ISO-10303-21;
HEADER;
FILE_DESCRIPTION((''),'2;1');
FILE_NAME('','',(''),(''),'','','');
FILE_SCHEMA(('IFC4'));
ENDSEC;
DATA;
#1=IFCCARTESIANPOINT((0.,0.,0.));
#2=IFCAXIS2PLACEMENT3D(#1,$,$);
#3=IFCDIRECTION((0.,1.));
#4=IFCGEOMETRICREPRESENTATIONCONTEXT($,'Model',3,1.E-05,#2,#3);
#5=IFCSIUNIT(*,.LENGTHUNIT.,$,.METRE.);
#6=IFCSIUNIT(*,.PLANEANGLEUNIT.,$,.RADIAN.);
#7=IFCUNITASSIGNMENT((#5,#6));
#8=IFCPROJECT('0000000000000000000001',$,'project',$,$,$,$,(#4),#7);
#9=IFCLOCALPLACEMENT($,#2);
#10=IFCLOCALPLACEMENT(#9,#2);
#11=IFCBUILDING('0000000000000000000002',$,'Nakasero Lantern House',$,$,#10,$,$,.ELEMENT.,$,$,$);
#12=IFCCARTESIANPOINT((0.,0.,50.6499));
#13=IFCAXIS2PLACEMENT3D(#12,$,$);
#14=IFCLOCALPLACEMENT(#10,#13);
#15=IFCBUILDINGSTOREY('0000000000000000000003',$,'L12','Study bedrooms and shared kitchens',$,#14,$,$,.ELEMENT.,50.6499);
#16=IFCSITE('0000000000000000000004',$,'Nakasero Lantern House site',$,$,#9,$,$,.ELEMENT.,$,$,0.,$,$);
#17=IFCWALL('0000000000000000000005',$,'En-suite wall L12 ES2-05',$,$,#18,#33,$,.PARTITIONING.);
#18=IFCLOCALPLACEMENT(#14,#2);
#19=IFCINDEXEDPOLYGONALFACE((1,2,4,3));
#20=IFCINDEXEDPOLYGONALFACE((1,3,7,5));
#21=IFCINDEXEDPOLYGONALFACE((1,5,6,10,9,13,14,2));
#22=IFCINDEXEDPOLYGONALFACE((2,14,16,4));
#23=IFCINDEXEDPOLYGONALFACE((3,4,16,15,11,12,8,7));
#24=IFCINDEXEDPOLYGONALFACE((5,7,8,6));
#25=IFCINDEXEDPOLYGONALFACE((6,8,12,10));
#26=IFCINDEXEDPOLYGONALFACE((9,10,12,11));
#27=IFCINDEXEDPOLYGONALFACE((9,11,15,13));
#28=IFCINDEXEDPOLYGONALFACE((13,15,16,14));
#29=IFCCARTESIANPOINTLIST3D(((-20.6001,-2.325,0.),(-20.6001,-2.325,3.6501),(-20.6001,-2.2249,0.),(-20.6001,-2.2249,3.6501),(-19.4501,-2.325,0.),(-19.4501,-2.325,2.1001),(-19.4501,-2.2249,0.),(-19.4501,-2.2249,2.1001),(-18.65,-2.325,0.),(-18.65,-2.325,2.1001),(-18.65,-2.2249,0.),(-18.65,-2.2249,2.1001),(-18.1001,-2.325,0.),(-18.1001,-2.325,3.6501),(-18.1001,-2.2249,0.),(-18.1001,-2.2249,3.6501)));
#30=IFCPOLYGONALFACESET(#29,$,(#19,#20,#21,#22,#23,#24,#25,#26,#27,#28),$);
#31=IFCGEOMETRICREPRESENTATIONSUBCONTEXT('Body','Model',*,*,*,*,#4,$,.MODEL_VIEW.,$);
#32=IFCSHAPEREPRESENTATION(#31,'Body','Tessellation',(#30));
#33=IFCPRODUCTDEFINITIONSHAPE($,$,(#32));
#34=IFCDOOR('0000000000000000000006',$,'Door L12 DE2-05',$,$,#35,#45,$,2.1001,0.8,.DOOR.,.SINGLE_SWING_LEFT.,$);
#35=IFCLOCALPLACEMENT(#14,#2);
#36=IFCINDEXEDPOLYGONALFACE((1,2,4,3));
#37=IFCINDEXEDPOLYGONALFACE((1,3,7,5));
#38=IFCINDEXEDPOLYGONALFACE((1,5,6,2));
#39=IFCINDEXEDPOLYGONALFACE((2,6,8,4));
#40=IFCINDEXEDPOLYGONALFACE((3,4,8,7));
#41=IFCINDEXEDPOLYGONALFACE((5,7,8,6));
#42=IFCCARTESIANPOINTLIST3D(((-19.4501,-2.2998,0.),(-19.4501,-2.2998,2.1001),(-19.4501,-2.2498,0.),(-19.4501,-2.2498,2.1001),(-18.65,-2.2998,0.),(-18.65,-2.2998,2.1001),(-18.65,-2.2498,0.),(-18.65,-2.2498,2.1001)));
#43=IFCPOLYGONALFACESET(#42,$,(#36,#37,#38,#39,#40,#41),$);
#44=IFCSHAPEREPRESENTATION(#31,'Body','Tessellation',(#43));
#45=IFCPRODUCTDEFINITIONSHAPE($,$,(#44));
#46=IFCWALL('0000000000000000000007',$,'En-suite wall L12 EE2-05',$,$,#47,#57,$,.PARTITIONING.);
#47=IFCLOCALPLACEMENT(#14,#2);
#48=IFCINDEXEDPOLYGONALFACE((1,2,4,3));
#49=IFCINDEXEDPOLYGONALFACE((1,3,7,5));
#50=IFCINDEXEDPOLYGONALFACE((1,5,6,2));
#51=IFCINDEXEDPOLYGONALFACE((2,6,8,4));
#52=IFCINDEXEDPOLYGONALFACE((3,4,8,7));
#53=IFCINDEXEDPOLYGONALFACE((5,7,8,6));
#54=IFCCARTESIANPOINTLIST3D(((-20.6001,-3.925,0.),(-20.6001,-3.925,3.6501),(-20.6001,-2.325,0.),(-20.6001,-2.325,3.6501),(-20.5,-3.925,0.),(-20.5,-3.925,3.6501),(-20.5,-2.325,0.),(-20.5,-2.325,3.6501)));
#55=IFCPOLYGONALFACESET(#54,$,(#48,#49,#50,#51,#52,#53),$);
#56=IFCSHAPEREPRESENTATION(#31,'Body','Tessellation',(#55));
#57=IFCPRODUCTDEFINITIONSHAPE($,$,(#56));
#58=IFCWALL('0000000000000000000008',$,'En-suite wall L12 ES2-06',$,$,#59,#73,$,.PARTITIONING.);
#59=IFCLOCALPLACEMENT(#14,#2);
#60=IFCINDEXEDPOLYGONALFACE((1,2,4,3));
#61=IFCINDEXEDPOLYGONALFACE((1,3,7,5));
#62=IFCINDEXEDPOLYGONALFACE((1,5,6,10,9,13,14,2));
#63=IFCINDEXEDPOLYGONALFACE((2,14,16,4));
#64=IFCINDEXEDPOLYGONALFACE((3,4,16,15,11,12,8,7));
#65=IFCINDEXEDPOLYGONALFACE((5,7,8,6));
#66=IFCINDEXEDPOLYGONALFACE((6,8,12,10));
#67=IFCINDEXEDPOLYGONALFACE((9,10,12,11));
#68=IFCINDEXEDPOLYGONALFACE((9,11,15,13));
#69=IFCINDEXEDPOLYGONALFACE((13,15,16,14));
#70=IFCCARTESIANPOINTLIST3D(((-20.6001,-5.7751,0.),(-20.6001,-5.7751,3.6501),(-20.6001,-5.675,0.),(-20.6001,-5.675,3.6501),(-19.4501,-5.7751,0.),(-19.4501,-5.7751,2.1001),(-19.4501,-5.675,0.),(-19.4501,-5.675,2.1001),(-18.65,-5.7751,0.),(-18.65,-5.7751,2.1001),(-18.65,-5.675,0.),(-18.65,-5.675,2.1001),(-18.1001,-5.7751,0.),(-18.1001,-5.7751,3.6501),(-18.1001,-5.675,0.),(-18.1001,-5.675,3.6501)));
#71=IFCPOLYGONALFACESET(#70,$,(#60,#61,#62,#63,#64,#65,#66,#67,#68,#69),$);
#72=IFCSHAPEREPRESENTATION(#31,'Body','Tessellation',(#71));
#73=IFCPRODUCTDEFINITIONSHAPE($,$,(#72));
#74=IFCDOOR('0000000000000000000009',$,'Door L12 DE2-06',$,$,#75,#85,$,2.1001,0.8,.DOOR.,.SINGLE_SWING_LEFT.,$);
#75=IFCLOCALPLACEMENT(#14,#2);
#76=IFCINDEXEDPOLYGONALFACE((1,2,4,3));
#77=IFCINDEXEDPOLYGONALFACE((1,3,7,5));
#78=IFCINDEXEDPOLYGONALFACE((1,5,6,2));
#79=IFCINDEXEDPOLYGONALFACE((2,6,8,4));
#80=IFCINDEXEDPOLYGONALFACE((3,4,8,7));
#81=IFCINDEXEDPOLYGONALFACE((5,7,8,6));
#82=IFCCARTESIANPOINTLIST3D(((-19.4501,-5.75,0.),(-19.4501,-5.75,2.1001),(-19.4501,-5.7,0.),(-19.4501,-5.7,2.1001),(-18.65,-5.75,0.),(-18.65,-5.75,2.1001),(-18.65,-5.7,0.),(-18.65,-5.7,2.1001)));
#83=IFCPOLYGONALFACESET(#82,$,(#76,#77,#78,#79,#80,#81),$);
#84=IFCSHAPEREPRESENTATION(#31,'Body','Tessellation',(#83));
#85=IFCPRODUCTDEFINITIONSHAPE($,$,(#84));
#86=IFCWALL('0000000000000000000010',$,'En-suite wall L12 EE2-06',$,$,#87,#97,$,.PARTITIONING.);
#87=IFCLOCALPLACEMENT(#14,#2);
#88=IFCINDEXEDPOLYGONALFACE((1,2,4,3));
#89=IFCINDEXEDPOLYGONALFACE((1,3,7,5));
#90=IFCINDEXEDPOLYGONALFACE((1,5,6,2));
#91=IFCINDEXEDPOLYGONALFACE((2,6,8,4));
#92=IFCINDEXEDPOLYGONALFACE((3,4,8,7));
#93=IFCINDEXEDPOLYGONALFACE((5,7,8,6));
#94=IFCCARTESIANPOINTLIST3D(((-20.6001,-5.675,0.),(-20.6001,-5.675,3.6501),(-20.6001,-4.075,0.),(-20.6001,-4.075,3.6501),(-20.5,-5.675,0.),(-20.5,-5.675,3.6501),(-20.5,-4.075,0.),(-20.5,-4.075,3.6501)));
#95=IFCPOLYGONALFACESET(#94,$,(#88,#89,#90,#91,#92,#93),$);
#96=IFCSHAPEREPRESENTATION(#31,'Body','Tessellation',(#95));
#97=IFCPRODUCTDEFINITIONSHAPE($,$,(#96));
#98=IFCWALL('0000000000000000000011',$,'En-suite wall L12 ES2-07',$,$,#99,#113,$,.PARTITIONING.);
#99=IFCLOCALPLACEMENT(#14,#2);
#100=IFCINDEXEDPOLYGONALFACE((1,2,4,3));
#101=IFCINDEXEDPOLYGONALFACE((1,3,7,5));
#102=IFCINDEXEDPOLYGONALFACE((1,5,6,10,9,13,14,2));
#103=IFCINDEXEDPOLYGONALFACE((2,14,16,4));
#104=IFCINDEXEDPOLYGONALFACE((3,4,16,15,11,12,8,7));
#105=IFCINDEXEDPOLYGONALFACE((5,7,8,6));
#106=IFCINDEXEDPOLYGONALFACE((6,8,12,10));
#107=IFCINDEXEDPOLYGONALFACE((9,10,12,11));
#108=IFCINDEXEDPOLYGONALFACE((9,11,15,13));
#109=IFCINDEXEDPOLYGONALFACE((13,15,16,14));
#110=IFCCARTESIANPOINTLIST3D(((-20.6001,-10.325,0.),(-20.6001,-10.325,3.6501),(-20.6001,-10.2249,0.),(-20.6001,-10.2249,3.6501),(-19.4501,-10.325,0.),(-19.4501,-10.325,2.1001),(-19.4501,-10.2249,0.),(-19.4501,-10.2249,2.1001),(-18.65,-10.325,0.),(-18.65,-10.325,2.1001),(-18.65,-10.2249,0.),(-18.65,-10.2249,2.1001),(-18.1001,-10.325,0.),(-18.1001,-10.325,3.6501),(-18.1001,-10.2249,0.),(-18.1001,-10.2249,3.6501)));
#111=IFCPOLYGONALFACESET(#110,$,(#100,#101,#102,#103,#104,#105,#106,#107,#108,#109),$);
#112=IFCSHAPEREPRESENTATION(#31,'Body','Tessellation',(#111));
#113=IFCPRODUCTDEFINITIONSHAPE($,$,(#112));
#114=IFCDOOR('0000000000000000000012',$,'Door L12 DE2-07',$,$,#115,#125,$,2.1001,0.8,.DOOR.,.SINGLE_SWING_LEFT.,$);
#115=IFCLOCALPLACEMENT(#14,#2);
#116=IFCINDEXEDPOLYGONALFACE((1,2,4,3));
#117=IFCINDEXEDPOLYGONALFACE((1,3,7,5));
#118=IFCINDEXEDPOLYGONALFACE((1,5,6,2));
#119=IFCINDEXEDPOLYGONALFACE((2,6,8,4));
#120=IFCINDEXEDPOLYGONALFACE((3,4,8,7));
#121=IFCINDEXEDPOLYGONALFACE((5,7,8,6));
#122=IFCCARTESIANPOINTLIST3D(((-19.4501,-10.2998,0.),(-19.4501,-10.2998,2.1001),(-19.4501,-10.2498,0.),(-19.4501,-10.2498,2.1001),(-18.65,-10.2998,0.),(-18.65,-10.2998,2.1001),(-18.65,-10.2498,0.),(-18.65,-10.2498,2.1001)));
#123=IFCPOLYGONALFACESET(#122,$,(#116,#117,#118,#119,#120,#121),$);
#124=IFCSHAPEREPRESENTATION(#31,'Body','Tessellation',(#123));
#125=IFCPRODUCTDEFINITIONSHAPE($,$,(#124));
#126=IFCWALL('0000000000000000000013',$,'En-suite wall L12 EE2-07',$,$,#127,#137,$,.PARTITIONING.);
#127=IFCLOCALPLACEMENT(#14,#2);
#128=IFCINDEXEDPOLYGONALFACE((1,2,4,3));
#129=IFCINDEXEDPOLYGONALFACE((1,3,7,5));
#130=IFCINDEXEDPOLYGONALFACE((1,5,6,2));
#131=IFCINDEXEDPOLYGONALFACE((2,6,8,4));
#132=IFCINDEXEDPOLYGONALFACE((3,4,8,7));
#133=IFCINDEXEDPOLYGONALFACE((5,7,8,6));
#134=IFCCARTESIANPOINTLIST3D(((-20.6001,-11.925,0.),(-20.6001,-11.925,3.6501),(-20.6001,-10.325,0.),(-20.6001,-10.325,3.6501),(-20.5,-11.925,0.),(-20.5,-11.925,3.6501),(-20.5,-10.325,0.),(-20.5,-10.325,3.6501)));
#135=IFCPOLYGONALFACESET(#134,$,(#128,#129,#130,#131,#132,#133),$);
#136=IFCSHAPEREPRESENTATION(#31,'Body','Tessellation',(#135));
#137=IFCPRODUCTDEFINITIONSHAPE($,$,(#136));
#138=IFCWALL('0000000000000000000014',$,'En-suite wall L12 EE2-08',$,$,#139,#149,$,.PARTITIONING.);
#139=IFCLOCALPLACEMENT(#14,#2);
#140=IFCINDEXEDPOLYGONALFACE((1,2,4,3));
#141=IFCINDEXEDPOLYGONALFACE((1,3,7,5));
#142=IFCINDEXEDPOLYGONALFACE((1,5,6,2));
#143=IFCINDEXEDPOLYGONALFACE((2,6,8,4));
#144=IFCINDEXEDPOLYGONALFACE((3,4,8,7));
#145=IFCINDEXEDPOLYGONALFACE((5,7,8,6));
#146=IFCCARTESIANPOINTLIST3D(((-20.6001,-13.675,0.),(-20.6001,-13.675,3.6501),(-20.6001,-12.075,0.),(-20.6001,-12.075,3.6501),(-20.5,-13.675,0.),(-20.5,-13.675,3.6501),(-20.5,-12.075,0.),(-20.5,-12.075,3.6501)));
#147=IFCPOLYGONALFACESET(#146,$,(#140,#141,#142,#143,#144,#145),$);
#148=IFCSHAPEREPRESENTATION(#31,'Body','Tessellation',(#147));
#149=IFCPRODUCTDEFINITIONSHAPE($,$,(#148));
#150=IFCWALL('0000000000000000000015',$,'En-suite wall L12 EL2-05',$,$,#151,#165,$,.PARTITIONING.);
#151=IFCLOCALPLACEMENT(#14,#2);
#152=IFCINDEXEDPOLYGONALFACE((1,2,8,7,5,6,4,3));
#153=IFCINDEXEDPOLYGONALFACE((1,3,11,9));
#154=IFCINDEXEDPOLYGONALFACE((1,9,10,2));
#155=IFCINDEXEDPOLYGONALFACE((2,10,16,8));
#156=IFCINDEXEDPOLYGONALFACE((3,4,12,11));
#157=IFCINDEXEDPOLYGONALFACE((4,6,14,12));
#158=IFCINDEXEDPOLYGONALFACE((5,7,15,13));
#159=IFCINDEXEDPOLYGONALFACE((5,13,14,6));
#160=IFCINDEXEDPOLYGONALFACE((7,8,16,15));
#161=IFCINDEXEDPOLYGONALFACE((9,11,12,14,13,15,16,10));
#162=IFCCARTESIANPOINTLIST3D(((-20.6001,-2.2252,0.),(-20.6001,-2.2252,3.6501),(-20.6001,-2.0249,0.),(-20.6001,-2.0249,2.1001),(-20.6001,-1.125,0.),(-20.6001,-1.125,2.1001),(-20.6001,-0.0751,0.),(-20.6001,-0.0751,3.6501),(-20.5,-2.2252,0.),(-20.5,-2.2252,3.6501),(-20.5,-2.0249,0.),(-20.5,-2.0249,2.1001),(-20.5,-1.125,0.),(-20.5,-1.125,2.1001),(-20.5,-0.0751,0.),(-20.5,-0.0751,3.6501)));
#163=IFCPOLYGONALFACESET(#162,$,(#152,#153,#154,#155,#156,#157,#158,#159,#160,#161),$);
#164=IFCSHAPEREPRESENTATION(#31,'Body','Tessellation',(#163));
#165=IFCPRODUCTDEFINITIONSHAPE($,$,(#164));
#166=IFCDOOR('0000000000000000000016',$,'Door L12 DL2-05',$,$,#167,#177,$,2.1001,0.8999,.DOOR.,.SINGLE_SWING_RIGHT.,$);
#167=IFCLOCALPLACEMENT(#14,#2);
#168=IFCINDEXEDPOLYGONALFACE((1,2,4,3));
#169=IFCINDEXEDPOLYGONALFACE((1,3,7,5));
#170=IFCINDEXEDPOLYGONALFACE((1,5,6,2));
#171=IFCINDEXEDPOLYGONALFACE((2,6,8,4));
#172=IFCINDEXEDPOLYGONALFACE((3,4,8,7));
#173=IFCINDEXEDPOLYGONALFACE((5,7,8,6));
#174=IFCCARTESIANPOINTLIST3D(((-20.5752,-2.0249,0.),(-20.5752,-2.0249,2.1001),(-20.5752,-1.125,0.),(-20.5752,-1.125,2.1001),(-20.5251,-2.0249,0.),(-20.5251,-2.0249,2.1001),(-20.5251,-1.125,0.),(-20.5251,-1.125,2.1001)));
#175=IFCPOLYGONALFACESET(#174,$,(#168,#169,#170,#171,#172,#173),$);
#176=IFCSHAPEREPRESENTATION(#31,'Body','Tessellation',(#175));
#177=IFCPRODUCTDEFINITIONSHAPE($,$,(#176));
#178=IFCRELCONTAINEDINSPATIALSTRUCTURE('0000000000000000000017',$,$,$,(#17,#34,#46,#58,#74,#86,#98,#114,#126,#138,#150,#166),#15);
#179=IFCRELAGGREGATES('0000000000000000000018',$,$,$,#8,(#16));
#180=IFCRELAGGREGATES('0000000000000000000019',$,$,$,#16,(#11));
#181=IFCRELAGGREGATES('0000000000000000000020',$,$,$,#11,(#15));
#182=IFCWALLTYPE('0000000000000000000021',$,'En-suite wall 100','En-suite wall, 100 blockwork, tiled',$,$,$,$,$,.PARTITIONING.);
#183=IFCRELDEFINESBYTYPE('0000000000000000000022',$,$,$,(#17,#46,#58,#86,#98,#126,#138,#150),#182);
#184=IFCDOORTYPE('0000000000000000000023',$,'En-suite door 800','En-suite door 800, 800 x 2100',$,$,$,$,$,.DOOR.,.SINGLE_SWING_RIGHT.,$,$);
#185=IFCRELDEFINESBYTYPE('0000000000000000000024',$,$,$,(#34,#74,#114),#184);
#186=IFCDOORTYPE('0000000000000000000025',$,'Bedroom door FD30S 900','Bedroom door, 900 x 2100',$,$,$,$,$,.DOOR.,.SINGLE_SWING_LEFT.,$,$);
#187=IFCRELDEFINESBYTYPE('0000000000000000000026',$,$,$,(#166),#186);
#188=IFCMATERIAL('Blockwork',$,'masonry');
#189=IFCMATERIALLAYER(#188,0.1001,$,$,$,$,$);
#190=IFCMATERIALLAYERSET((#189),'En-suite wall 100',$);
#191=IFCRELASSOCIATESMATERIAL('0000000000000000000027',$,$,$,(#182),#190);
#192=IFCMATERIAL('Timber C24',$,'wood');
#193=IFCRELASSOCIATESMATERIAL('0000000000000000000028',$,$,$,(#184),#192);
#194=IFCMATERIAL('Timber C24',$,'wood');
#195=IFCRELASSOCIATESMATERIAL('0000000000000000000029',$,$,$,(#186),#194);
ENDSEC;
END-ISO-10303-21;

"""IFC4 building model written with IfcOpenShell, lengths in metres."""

from ifc_helpers import new_model, si_unit, direction, frame, frame_2d, origin, place, context, subcontext, project, spatial, rectangle, extrude, material, layer, layer_set, type_object, element, fill, save


model = new_model("IFC4")

# Units and contexts
model_context = context("Model", 3, precision=1e-05, world=origin(), true_north=direction((0.0, 1.0)))
body_context = subcontext(model_context, "Body", "Model", "MODEL_VIEW")
ifc_project = project(units=[si_unit("LENGTHUNIT", "METRE"), si_unit("PLANEANGLEUNIT", "RADIAN")], contexts=[model_context])

# Site, building, storey
site_placement = place(None, origin())
site = spatial("IfcSite", under=ifc_project, at=site_placement, Name="Nakasero Lantern House site", CompositionType="ELEMENT", RefElevation=0.0)
building_placement = place(site_placement, origin())
building = spatial("IfcBuilding", under=site, at=building_placement, Name="Nakasero Lantern House", CompositionType="ELEMENT")
storey_placement = place(building_placement, frame((0.0, 0.0, 50.6499)))
storey = spatial("IfcBuildingStorey", under=building, at=storey_placement, Name="L12", Description="Study bedrooms and shared kitchens", CompositionType="ELEMENT", Elevation=50.6499)

# Wall, opening, door
ifc_material_1 = material(Name="Blockwork", Category="masonry")
ifc_layer_1 = layer(ifc_material_1, 0.1001)
ifc_layer_set_1 = layer_set([ifc_layer_1], Name="En-suite wall 100")
wall_type_1 = type_object("IfcWallType", Name="En-suite wall 100", Description="En-suite wall, 100 blockwork, tiled", PredefinedType="PARTITIONING", material=ifc_layer_set_1)
wall_1_placement = place(storey_placement, frame((-18.1001, -2.2749, 0.0), z_axis=(0.0, 0.0, 1.0), x_axis=(-1.0, 0.0, 0.0)))
wall_1 = element("IfcWall", 1, at=wall_1_placement, inside=storey, type_object=wall_type_1, Name="En-suite wall L12 ES2-05", PredefinedType="PARTITIONING", context=body_context, shape_type="SweptSolid", body=[
    extrude(rectangle(XDim=2.5, YDim=0.1001, at=frame_2d((1.25, 0.0))), origin(), (0.0, 0.0, 1.0), 3.6501),
])
opening_1_placement = place(wall_1_placement, frame((0.55, 0.0, 0.0)))
opening_1 = element("IfcOpeningElement", 2, at=opening_1_placement, cuts=wall_1, PredefinedType="OPENING", context=body_context, shape_type="SweptSolid", body=[
    extrude(rectangle(XDim=0.8, YDim=2.1001, at=frame_2d((0.3999, 1.05))), frame((0.0, 0.0701, 0.0), z_axis=(0.0, -1.0, 0.0), x_axis=(1.0, 0.0, 0.0)), (0.0, 0.0, 1.0), 0.1401),
])
ifc_material_2 = material(Name="Timber C24", Category="wood")
door_type_1 = type_object("IfcDoorType", Name="En-suite door 800", Description="En-suite door 800, 800 x 2100", OperationType="SINGLE_SWING_RIGHT", PredefinedType="DOOR", material=ifc_material_2)
door_1_placement = place(opening_1_placement, origin())
door_1 = element("IfcDoor", 3, at=door_1_placement, inside=storey, type_object=door_type_1, Name="Door L12 DE2-05", OperationType="SINGLE_SWING_LEFT", OverallHeight=2.1001, OverallWidth=0.8, PredefinedType="DOOR", context=body_context, shape_type="SweptSolid", body=[
    extrude(rectangle(XDim=0.8, YDim=2.1001, at=frame_2d((0.3999, 1.05))), frame((0.0, 0.0249, 0.0), z_axis=(0.0, -1.0, 0.0), x_axis=(1.0, 0.0, 0.0)), (0.0, 0.0, 1.0), 0.05),
])
fill(opening_1, door_1)

# Wall
wall_2_placement = place(storey_placement, frame((-20.55, -2.325, 0.0), z_axis=(0.0, 0.0, 1.0), x_axis=(0.0, -1.0, 0.0)))
element("IfcWall", 4, at=wall_2_placement, inside=storey, type_object=wall_type_1, Name="En-suite wall L12 EE2-05", PredefinedType="PARTITIONING", context=body_context, shape_type="SweptSolid", body=[
    extrude(rectangle(XDim=1.6001, YDim=0.1001, at=frame_2d((0.8, 0.0))), origin(), (0.0, 0.0, 1.0), 3.6501),
])

# Wall, opening, door
wall_3_placement = place(storey_placement, frame((-18.1001, -5.7251, 0.0), z_axis=(0.0, 0.0, 1.0), x_axis=(-1.0, 0.0, 0.0)))
wall_3 = element("IfcWall", 5, at=wall_3_placement, inside=storey, type_object=wall_type_1, Name="En-suite wall L12 ES2-06", PredefinedType="PARTITIONING", context=body_context, shape_type="SweptSolid", body=[
    extrude(rectangle(XDim=2.5, YDim=0.1001, at=frame_2d((1.25, 0.0))), origin(), (0.0, 0.0, 1.0), 3.6501),
])
opening_2_placement = place(wall_3_placement, frame((0.55, 0.0, 0.0)))
opening_2 = element("IfcOpeningElement", 6, at=opening_2_placement, cuts=wall_3, PredefinedType="OPENING", context=body_context, shape_type="SweptSolid", body=[
    extrude(rectangle(XDim=0.8, YDim=2.1001, at=frame_2d((0.3999, 1.05))), frame((0.0, 0.0701, 0.0), z_axis=(0.0, -1.0, 0.0), x_axis=(1.0, 0.0, 0.0)), (0.0, 0.0, 1.0), 0.1401),
])
door_2_placement = place(opening_2_placement, origin())
door_2 = element("IfcDoor", 7, at=door_2_placement, inside=storey, type_object=door_type_1, Name="Door L12 DE2-06", OperationType="SINGLE_SWING_LEFT", OverallHeight=2.1001, OverallWidth=0.8, PredefinedType="DOOR", context=body_context, shape_type="SweptSolid", body=[
    extrude(rectangle(XDim=0.8, YDim=2.1001, at=frame_2d((0.3999, 1.05))), frame((0.0, 0.0249, 0.0), z_axis=(0.0, -1.0, 0.0), x_axis=(1.0, 0.0, 0.0)), (0.0, 0.0, 1.0), 0.05),
])
fill(opening_2, door_2)

# Wall
wall_4_placement = place(storey_placement, frame((-20.55, -4.075, 0.0), z_axis=(0.0, 0.0, 1.0), x_axis=(0.0, -1.0, 0.0)))
element("IfcWall", 8, at=wall_4_placement, inside=storey, type_object=wall_type_1, Name="En-suite wall L12 EE2-06", PredefinedType="PARTITIONING", context=body_context, shape_type="SweptSolid", body=[
    extrude(rectangle(XDim=1.6001, YDim=0.1001, at=frame_2d((0.8, 0.0))), origin(), (0.0, 0.0, 1.0), 3.6501),
])

# Wall, opening, door
wall_5_placement = place(storey_placement, frame((-18.1001, -10.2749, 0.0), z_axis=(0.0, 0.0, 1.0), x_axis=(-1.0, 0.0, 0.0)))
wall_5 = element("IfcWall", 9, at=wall_5_placement, inside=storey, type_object=wall_type_1, Name="En-suite wall L12 ES2-07", PredefinedType="PARTITIONING", context=body_context, shape_type="SweptSolid", body=[
    extrude(rectangle(XDim=2.5, YDim=0.1001, at=frame_2d((1.25, 0.0))), origin(), (0.0, 0.0, 1.0), 3.6501),
])
opening_3_placement = place(wall_5_placement, frame((0.55, 0.0, 0.0)))
opening_3 = element("IfcOpeningElement", 10, at=opening_3_placement, cuts=wall_5, PredefinedType="OPENING", context=body_context, shape_type="SweptSolid", body=[
    extrude(rectangle(XDim=0.8, YDim=2.1001, at=frame_2d((0.3999, 1.05))), frame((0.0, 0.0701, 0.0), z_axis=(0.0, -1.0, 0.0), x_axis=(1.0, 0.0, 0.0)), (0.0, 0.0, 1.0), 0.1401),
])
door_3_placement = place(opening_3_placement, origin())
door_3 = element("IfcDoor", 11, at=door_3_placement, inside=storey, type_object=door_type_1, Name="Door L12 DE2-07", OperationType="SINGLE_SWING_LEFT", OverallHeight=2.1001, OverallWidth=0.8, PredefinedType="DOOR", context=body_context, shape_type="SweptSolid", body=[
    extrude(rectangle(XDim=0.8, YDim=2.1001, at=frame_2d((0.3999, 1.05))), frame((0.0, 0.0249, 0.0), z_axis=(0.0, -1.0, 0.0), x_axis=(1.0, 0.0, 0.0)), (0.0, 0.0, 1.0), 0.05),
])
fill(opening_3, door_3)

# Walls
for number, where, z_axis, x_axis, name in (
    (12, (-20.55, -10.325, 0.0), (0.0, 0.0, 1.0), (0.0, -1.0, 0.0), "En-suite wall L12 EE2-07"),
    (13, (-20.55, -12.075, 0.0), (0.0, 0.0, 1.0), (0.0, -1.0, 0.0), "En-suite wall L12 EE2-08"),
):
    element("IfcWall", number, at=place(storey_placement, frame(where, z_axis=z_axis, x_axis=x_axis)), inside=storey, type_object=wall_type_1, Name=name, PredefinedType="PARTITIONING", context=body_context, shape_type="SweptSolid", body=[
        extrude(rectangle(XDim=1.6001, YDim=0.1001, at=frame_2d((0.8, 0.0))), origin(), (0.0, 0.0, 1.0), 3.6501),
    ])

# Wall, opening, door
wall_6_placement = place(storey_placement, frame((-20.55, -0.075, 0.0), z_axis=(0.0, 0.0, 1.0), x_axis=(0.0, -1.0, 0.0)))
wall_6 = element("IfcWall", 14, at=wall_6_placement, inside=storey, type_object=wall_type_1, Name="En-suite wall L12 EL2-05", PredefinedType="PARTITIONING", context=body_context, shape_type="SweptSolid", body=[
    extrude(rectangle(XDim=2.1501, YDim=0.1001, at=frame_2d((1.0752, 0.0))), origin(), (0.0, 0.0, 1.0), 3.6501),
])
opening_4_placement = place(wall_6_placement, frame((1.05, 0.0, 0.0)))
opening_4 = element("IfcOpeningElement", 15, at=opening_4_placement, cuts=wall_6, PredefinedType="OPENING", context=body_context, shape_type="SweptSolid", body=[
    extrude(rectangle(XDim=0.8999, YDim=2.1001, at=frame_2d((0.45, 1.05))), frame((0.0, 0.0701, 0.0), z_axis=(0.0, -1.0, 0.0), x_axis=(1.0, 0.0, 0.0)), (0.0, 0.0, 1.0), 0.1401),
])
ifc_material_3 = material(Name="Timber C24", Category="wood")
door_type_2 = type_object("IfcDoorType", Name="Bedroom door FD30S 900", Description="Bedroom door, 900 x 2100", OperationType="SINGLE_SWING_LEFT", PredefinedType="DOOR", material=ifc_material_3)
door_4_placement = place(opening_4_placement, origin())
door_4 = element("IfcDoor", 16, at=door_4_placement, inside=storey, type_object=door_type_2, Name="Door L12 DL2-05", OperationType="SINGLE_SWING_RIGHT", OverallHeight=2.1001, OverallWidth=0.8999, PredefinedType="DOOR", context=body_context, shape_type="SweptSolid", body=[
    extrude(rectangle(XDim=0.8999, YDim=2.1001, at=frame_2d((0.45, 1.05))), frame((0.0, 0.0249, 0.0), z_axis=(0.0, -1.0, 0.0), x_axis=(1.0, 0.0, 0.0)), (0.0, 0.0, 1.0), 0.05),
])
fill(opening_4, door_4)

save(model, "model.ifc")
